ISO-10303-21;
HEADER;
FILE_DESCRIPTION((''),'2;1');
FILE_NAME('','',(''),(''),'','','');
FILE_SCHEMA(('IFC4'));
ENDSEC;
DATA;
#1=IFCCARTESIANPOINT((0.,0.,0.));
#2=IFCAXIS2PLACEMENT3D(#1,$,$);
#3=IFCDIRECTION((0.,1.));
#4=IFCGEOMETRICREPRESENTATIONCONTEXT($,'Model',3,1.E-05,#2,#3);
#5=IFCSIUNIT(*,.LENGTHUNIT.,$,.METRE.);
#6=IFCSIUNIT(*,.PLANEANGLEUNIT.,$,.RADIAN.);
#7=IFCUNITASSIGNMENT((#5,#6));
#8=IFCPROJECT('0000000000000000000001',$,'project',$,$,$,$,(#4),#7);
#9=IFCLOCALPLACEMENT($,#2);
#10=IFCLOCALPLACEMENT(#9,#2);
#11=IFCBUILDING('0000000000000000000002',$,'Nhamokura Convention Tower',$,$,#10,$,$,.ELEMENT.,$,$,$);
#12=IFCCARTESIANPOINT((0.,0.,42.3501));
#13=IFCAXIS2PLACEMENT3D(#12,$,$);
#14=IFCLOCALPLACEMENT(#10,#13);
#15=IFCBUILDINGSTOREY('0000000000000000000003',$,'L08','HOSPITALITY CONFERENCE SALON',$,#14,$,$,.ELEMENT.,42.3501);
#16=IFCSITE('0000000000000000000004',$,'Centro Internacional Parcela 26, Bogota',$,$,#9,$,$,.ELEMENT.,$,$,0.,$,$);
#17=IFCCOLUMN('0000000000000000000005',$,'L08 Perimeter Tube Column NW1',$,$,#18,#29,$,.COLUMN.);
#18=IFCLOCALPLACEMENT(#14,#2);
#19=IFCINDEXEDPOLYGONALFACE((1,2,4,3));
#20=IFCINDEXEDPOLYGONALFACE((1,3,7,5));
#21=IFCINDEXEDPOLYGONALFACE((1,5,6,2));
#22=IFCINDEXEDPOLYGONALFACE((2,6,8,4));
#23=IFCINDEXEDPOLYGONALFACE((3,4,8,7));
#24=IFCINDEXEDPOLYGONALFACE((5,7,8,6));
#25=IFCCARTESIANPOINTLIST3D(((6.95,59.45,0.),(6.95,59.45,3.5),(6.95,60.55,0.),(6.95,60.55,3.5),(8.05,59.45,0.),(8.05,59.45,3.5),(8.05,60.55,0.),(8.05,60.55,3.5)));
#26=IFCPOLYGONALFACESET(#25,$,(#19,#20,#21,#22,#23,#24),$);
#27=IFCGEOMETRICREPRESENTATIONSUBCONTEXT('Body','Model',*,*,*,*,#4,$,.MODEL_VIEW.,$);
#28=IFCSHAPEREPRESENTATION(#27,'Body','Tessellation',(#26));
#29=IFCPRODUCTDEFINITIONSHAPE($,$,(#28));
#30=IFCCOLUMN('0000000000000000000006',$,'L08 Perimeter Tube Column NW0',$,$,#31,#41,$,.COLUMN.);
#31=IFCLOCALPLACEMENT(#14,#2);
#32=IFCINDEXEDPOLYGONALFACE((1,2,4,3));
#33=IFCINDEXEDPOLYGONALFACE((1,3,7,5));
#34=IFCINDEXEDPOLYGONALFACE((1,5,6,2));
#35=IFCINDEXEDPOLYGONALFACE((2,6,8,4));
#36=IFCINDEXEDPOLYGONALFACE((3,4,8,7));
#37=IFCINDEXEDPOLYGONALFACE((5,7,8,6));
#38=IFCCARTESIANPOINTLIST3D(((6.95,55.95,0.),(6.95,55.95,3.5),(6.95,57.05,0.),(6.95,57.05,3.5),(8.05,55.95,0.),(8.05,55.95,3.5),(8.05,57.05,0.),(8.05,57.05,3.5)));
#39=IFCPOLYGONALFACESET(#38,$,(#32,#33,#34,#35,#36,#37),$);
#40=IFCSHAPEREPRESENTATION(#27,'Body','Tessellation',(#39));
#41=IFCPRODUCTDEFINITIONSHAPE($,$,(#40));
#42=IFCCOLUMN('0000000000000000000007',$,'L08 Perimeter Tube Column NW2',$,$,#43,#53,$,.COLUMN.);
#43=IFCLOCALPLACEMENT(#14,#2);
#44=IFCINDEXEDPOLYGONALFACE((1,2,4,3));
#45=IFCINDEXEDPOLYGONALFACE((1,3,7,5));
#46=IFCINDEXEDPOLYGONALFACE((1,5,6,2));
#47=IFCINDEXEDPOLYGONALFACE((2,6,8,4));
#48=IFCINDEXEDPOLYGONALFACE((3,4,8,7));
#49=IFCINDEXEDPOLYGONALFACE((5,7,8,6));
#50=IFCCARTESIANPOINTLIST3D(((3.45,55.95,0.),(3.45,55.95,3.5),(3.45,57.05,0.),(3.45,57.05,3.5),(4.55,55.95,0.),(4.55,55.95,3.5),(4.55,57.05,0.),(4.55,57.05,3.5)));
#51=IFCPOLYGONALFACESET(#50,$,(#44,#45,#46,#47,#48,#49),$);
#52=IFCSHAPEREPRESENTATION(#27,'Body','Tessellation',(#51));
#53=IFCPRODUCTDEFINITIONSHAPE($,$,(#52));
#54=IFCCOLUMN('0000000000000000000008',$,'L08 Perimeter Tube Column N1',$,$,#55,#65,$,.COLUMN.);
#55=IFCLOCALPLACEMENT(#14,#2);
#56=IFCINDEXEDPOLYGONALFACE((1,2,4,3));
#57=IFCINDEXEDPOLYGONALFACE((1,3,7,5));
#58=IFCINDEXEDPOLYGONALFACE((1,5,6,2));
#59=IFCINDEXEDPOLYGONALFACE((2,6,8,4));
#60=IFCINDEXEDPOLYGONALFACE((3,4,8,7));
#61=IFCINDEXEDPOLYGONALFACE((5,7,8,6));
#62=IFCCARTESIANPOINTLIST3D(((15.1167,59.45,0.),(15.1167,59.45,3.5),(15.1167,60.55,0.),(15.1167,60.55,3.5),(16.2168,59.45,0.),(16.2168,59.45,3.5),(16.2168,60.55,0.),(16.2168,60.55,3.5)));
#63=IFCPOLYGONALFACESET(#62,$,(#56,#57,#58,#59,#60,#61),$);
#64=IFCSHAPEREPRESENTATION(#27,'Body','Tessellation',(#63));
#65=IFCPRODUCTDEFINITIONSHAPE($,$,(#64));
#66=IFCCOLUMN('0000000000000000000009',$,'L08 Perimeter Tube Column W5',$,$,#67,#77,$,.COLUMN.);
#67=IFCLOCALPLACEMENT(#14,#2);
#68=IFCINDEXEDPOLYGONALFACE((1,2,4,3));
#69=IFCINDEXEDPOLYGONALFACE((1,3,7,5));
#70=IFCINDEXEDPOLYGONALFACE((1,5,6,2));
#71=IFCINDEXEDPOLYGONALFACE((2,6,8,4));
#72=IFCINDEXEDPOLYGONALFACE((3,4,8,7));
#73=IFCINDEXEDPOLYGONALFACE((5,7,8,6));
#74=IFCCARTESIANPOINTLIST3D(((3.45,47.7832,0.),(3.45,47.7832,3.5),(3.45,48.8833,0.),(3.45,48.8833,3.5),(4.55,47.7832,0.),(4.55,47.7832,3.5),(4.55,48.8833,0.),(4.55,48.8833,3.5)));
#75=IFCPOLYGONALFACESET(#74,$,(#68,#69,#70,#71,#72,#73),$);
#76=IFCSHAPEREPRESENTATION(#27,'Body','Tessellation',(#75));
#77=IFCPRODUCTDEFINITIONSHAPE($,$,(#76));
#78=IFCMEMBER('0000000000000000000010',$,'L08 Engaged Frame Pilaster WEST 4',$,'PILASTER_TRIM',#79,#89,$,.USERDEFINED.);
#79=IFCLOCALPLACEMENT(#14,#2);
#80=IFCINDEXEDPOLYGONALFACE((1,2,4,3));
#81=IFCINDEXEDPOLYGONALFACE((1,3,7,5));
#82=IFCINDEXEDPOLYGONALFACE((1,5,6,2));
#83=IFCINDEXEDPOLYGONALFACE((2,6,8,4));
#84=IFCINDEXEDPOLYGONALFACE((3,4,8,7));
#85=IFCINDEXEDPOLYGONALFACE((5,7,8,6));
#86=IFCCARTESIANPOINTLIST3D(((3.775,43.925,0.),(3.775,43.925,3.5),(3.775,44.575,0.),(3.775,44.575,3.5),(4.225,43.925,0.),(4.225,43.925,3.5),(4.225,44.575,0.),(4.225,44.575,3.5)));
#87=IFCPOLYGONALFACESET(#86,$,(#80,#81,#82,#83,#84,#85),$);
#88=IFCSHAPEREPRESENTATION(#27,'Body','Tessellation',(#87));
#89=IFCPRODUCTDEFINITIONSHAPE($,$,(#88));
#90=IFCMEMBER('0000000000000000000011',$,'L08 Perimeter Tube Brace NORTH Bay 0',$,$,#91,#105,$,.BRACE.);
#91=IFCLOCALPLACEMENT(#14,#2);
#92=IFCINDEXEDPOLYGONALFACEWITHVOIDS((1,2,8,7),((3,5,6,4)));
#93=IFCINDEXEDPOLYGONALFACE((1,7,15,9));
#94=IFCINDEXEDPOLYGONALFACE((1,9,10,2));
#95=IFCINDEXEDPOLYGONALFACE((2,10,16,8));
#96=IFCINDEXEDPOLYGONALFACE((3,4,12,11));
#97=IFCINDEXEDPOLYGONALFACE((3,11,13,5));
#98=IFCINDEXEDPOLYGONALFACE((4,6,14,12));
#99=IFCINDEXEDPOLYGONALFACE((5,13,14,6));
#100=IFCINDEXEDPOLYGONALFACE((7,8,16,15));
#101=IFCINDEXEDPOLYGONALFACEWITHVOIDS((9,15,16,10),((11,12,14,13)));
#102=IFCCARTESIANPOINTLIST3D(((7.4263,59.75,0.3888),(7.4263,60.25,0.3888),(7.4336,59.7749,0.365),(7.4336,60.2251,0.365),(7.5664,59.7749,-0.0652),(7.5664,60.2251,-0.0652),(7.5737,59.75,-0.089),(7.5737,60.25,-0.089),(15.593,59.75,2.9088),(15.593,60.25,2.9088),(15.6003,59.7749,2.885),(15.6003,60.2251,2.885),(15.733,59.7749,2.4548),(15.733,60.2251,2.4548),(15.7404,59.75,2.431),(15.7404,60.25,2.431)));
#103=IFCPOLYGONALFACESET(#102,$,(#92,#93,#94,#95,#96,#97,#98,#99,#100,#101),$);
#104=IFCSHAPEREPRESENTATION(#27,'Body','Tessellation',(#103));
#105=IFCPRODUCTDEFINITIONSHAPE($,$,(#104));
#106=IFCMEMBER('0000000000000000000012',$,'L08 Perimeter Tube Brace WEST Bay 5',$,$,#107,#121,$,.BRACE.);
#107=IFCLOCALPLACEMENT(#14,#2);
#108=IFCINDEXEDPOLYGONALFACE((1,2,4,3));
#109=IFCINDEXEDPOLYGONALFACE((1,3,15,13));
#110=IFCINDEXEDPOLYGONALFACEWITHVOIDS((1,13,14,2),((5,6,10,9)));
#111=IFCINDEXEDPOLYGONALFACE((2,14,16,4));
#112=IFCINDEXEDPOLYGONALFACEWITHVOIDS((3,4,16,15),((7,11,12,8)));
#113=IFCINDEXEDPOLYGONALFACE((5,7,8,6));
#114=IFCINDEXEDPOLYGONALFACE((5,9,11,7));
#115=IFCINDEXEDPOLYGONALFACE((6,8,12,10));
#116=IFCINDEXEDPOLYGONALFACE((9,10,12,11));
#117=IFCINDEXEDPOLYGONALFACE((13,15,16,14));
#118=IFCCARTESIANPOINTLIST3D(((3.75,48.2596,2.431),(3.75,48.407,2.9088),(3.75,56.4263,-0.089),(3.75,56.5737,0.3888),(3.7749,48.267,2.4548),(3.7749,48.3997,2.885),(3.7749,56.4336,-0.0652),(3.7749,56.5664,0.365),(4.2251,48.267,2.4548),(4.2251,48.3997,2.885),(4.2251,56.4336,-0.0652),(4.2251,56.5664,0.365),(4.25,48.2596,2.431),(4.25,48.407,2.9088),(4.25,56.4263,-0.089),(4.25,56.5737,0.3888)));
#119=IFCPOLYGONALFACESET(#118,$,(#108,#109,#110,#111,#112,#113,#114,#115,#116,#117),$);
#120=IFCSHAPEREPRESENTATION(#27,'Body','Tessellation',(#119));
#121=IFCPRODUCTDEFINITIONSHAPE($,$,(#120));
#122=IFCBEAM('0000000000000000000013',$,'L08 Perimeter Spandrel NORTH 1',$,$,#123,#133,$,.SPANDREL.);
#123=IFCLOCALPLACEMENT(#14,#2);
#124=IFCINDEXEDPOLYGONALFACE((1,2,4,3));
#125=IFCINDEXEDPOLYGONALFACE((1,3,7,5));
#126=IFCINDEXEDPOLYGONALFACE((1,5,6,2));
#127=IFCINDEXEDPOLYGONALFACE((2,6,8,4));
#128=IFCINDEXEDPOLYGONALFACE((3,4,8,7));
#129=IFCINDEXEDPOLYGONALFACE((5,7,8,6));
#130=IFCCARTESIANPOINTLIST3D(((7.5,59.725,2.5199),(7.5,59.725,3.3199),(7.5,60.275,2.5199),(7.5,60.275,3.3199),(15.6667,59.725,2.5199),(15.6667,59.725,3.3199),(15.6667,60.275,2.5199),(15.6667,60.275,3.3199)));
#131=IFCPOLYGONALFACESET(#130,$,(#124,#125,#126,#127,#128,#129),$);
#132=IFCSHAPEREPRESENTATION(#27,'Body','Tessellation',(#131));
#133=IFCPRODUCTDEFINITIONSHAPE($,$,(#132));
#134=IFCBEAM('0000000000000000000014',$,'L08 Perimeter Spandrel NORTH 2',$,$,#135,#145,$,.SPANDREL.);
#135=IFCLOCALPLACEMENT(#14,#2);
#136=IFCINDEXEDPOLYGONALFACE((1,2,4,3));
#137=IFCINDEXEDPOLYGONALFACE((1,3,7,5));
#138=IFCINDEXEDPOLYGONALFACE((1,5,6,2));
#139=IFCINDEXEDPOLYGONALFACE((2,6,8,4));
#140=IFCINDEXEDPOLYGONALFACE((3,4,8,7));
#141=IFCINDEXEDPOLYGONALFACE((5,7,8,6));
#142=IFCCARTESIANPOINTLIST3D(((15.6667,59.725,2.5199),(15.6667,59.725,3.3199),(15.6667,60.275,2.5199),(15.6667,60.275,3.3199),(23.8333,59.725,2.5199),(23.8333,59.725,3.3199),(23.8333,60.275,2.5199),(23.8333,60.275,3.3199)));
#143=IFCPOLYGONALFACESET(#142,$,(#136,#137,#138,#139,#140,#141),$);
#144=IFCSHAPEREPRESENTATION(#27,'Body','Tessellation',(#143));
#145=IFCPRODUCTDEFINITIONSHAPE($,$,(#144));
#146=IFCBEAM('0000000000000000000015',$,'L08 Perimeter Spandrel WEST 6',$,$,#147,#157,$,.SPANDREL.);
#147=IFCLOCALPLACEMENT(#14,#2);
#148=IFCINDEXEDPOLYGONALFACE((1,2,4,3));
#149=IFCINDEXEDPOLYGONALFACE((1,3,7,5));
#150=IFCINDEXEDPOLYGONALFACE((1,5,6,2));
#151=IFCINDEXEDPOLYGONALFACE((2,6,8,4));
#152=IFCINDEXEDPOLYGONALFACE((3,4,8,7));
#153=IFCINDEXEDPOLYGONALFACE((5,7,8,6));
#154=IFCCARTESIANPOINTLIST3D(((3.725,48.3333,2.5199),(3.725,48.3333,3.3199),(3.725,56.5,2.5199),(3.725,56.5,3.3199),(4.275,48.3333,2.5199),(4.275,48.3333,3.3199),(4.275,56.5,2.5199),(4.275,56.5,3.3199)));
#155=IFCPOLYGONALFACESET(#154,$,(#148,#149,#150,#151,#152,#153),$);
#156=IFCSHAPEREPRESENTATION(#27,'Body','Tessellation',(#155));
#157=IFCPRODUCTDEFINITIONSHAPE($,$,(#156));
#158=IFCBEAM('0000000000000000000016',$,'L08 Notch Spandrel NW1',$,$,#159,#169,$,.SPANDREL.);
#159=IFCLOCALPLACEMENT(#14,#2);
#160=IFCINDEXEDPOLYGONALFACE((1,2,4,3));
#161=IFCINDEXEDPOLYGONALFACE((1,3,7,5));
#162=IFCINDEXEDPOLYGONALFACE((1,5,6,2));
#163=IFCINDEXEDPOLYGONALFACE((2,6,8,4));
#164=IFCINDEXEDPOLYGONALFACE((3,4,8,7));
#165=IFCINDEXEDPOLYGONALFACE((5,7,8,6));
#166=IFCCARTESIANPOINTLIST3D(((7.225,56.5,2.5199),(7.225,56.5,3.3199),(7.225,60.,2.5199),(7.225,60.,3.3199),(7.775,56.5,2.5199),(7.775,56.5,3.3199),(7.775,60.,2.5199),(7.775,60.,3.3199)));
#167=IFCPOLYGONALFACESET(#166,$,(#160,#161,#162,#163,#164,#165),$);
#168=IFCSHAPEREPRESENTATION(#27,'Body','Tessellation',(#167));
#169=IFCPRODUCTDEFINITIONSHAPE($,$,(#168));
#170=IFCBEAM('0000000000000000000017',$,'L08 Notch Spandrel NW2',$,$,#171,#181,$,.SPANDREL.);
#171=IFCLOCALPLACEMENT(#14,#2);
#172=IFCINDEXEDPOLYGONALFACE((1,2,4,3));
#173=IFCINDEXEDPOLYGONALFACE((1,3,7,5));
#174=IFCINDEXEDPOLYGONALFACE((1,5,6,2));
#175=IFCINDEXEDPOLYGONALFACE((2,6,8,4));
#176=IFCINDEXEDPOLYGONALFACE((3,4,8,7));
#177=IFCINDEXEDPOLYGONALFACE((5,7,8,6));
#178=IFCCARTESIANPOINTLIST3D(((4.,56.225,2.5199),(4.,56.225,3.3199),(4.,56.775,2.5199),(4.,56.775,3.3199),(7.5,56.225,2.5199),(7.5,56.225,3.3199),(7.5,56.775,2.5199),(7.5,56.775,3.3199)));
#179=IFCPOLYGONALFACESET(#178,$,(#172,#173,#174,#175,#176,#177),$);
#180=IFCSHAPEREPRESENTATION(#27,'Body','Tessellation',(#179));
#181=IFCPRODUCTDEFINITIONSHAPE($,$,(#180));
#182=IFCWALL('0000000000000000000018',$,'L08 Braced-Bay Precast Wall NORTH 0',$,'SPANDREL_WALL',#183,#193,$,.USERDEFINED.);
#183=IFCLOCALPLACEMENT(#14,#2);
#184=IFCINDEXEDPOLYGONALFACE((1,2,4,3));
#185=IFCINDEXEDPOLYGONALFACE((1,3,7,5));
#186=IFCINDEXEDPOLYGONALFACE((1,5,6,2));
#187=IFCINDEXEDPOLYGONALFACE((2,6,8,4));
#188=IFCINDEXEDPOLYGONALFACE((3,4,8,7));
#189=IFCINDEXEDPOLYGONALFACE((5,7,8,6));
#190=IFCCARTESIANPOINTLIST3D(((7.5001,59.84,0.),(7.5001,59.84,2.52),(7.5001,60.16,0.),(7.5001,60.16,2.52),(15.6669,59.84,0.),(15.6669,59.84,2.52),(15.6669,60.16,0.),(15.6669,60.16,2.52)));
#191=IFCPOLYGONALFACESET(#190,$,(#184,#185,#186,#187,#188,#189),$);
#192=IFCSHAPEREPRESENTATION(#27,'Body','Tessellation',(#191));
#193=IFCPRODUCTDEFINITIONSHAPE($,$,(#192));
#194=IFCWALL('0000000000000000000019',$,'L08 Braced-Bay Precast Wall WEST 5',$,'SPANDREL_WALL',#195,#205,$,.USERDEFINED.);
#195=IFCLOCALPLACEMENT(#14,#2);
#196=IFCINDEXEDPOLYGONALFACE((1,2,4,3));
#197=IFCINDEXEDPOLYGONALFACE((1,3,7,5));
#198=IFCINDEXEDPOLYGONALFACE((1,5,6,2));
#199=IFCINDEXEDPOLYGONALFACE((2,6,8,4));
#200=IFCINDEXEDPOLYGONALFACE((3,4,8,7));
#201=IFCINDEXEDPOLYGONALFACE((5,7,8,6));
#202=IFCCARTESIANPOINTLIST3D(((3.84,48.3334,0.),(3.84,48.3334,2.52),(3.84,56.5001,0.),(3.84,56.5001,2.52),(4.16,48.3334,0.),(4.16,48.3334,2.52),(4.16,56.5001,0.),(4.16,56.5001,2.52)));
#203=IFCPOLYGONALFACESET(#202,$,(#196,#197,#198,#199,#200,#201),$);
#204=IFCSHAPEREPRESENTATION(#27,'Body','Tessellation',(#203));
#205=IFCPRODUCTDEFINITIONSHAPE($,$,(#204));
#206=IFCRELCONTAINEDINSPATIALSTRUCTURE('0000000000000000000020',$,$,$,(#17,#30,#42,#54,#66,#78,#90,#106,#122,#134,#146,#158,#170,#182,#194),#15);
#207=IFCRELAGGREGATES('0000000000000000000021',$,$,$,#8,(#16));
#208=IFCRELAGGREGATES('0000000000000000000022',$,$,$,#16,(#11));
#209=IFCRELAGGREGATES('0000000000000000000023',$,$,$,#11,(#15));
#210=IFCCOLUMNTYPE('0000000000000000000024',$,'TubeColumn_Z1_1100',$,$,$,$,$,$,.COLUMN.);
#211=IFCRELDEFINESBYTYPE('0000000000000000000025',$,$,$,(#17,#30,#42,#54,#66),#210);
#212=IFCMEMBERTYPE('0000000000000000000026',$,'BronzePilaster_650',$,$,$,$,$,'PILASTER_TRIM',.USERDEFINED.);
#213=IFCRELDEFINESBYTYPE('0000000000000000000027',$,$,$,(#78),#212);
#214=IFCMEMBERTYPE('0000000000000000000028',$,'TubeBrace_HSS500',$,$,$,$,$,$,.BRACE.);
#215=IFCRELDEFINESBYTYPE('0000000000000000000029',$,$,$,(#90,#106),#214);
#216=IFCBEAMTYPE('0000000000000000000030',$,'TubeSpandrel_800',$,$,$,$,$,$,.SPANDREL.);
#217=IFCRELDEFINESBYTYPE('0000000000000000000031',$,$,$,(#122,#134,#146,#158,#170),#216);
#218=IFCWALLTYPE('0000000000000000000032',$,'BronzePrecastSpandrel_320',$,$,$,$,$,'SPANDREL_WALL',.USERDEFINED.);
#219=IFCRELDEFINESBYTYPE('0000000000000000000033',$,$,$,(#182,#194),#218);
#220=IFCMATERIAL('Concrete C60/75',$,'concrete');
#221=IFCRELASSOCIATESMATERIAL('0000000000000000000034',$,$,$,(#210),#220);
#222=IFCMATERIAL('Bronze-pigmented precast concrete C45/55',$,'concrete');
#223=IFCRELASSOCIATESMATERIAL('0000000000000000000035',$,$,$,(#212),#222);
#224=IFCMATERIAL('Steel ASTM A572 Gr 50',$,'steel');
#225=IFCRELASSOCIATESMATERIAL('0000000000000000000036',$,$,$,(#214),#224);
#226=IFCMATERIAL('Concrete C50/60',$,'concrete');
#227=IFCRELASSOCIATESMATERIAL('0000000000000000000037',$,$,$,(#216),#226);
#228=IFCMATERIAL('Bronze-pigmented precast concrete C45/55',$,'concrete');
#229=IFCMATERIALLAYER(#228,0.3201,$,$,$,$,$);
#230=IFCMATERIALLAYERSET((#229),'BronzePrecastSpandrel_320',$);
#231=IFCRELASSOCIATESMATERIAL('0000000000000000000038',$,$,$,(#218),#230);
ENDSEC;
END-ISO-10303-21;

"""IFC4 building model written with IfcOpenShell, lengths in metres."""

from ifc_helpers import new_model, si_unit, direction, frame, frame_2d, origin, origin_2d, place, context, subcontext, project, spatial, rectangle, hollow_rectangle, extrude, material, layer, layer_set, material_profile, profile_set, type_object, element, save


model = new_model("IFC4")

# Units and contexts
model_context = context("Model", 3, precision=1e-05, world=origin(), true_north=direction((0.0, 1.0)))
body_context = subcontext(model_context, "Body", "Model", "MODEL_VIEW")
ifc_project = project(units=[si_unit("LENGTHUNIT", "METRE"), si_unit("PLANEANGLEUNIT", "RADIAN")], contexts=[model_context])

# Site, building, storey
site_placement = place(None, origin())
site = spatial("IfcSite", under=ifc_project, at=site_placement, Name="Centro Internacional Parcela 26, Bogota", CompositionType="ELEMENT", RefElevation=0.0)
building_placement = place(site_placement, origin())
building = spatial("IfcBuilding", under=site, at=building_placement, Name="Nhamokura Convention Tower", CompositionType="ELEMENT")
storey_placement = place(building_placement, frame((0.0, 0.0, 42.3501)))
storey = spatial("IfcBuildingStorey", under=building, at=storey_placement, Name="L08", Description="HOSPITALITY CONFERENCE SALON", CompositionType="ELEMENT", Elevation=42.3501)

# Columns
ifc_material_1 = material(Name="Concrete C60/75", Category="concrete")
ifc_material_profile_1 = material_profile(ifc_material_1, rectangle(XDim=1.1001, YDim=1.1001, at=origin_2d()))
ifc_profile_set_1 = profile_set([ifc_material_profile_1], Name="Concrete C60/75")
column_type = type_object("IfcColumnType", Name="TubeColumn_Z1_1100", PredefinedType="COLUMN", material=ifc_profile_set_1)
for number, where, z_axis, x_axis, name in (
    (1, (7.5, 60.0, 0.0), (0.0, 0.0, 1.0), (1.0, 0.0, 0.0), "L08 Perimeter Tube Column NW1"),
    (2, (7.5, 56.5, 0.0), (0.0, 0.0, 1.0), (1.0, 0.0, 0.0), "L08 Perimeter Tube Column NW0"),
    (3, (4.0, 56.5, 0.0), (0.0, 0.0, 1.0), (1.0, 0.0, 0.0), "L08 Perimeter Tube Column NW2"),
    (4, (15.6667, 60.0, 0.0), (0.0, 0.0, 1.0), (1.0, 0.0, 0.0), "L08 Perimeter Tube Column N1"),
    (5, (4.0, 48.3333, 0.0), (0.0, 0.0, 1.0), (1.0, 0.0, 0.0), "L08 Perimeter Tube Column W5"),
):
    element("IfcColumn", number, at=place(storey_placement, frame(where, z_axis=z_axis, x_axis=x_axis)), inside=storey, type_object=column_type, Name=name, PredefinedType="COLUMN", context=body_context, shape_type="SweptSolid", body=[
        extrude(rectangle(XDim=1.1001, YDim=1.1001, at=origin_2d()), origin(), (0.0, 0.0, 1.0), 3.5),
    ])

# Members
ifc_material_2 = material(Name="Bronze-pigmented precast concrete C45/55", Category="concrete")
ifc_material_profile_2 = material_profile(ifc_material_2, rectangle(XDim=0.45, YDim=0.6499, at=origin_2d()))
ifc_profile_set_2 = profile_set([ifc_material_profile_2], Name="Bronze-pigmented precast concrete C45/55")
member_type_1 = type_object("IfcMemberType", Name="BronzePilaster_650", ElementType="PILASTER_TRIM", PredefinedType="USERDEFINED", material=ifc_profile_set_2)
member_placement = place(storey_placement, frame((4.0, 44.25, 0.0), z_axis=(0.0, 0.0, 1.0), x_axis=(1.0, 0.0, 0.0)))
element("IfcMember", 6, at=member_placement, inside=storey, type_object=member_type_1, Name="L08 Engaged Frame Pilaster WEST 4", ObjectType="PILASTER_TRIM", PredefinedType="USERDEFINED", context=body_context, shape_type="SweptSolid", body=[
    extrude(rectangle(XDim=0.45, YDim=0.6499, at=origin_2d()), origin(), (0.0, 0.0, 1.0), 3.5),
])
ifc_material_3 = material(Name="Steel ASTM A572 Gr 50", Category="steel")
ifc_material_profile_3 = material_profile(ifc_material_3, hollow_rectangle(XDim=0.5, YDim=0.5, WallThickness=0.0249, at=origin_2d()))
ifc_profile_set_3 = profile_set([ifc_material_profile_3], Name="Steel ASTM A572 Gr 50")
member_type_2 = type_object("IfcMemberType", Name="TubeBrace_HSS500", PredefinedType="BRACE", material=ifc_profile_set_3)
for number, where, z_axis, x_axis, name in (
    (7, (7.5, 60.0, 0.1499), (0.955543, 0.0, 0.294853), (0.0, 1.0, 0.0), "L08 Perimeter Tube Brace NORTH Bay 0"),
    (8, (4.0, 56.5, 0.1499), (0.0, -0.955543, 0.294853), (1.0, 0.0, 0.0), "L08 Perimeter Tube Brace WEST Bay 5"),
):
    element("IfcMember", number, at=place(storey_placement, frame(where, z_axis=z_axis, x_axis=x_axis)), inside=storey, type_object=member_type_2, Name=name, PredefinedType="BRACE", context=body_context, shape_type="SweptSolid", body=[
        extrude(hollow_rectangle(XDim=0.5, YDim=0.5, WallThickness=0.0249, at=origin_2d()), origin(), (0.0, 0.0, 1.0), 8.5466),
    ])

# Beams
ifc_material_4 = material(Name="Concrete C50/60", Category="concrete")
ifc_material_profile_4 = material_profile(ifc_material_4, rectangle(XDim=0.55, YDim=0.8, at=origin_2d()))
ifc_profile_set_4 = profile_set([ifc_material_profile_4], Name="Concrete C50/60")
beam_type = type_object("IfcBeamType", Name="TubeSpandrel_800", PredefinedType="SPANDREL", material=ifc_profile_set_4)
beam_1_placement = place(storey_placement, frame((7.5, 60.0, 2.9199), z_axis=(1.0, 0.0, 0.0), x_axis=(0.0, 1.0, 0.0)))
element("IfcBeam", 9, at=beam_1_placement, inside=storey, type_object=beam_type, Name="L08 Perimeter Spandrel NORTH 1", PredefinedType="SPANDREL", context=body_context, shape_type="SweptSolid", body=[
    extrude(rectangle(XDim=0.55, YDim=0.8, at=origin_2d()), origin(), (0.0, 0.0, 1.0), 8.1667),
])
beam_2_placement = place(storey_placement, frame((15.6667, 60.0, 2.9199), z_axis=(1.0, 0.0, 0.0), x_axis=(0.0, 1.0, 0.0)))
element("IfcBeam", 10, at=beam_2_placement, inside=storey, type_object=beam_type, Name="L08 Perimeter Spandrel NORTH 2", PredefinedType="SPANDREL", context=body_context, shape_type="SweptSolid", body=[
    extrude(rectangle(XDim=0.55, YDim=0.8, at=origin_2d()), origin(), (0.0, 0.0, 1.0), 8.1665),
])
beam_3_placement = place(storey_placement, frame((4.0, 48.3333, 2.9199), z_axis=(0.0, 1.0, 0.0), x_axis=(-1.0, 0.0, 0.0)))
element("IfcBeam", 11, at=beam_3_placement, inside=storey, type_object=beam_type, Name="L08 Perimeter Spandrel WEST 6", PredefinedType="SPANDREL", context=body_context, shape_type="SweptSolid", body=[
    extrude(rectangle(XDim=0.55, YDim=0.8, at=origin_2d()), origin(), (0.0, 0.0, 1.0), 8.1667),
])
for number, where, z_axis, x_axis, name in (
    (12, (7.5, 60.0, 2.9199), (0.0, -1.0, 0.0), (1.0, 0.0, 0.0), "L08 Notch Spandrel NW1"),
    (13, (7.5, 56.5, 2.9199), (-1.0, 0.0, 0.0), (0.0, -1.0, 0.0), "L08 Notch Spandrel NW2"),
):
    element("IfcBeam", number, at=place(storey_placement, frame(where, z_axis=z_axis, x_axis=x_axis)), inside=storey, type_object=beam_type, Name=name, PredefinedType="SPANDREL", context=body_context, shape_type="SweptSolid", body=[
        extrude(rectangle(XDim=0.55, YDim=0.8, at=origin_2d()), origin(), (0.0, 0.0, 1.0), 3.5),
    ])

# Walls
ifc_material_5 = material(Name="Bronze-pigmented precast concrete C45/55", Category="concrete")
ifc_layer_1 = layer(ifc_material_5, 0.3201)
ifc_layer_set_1 = layer_set([ifc_layer_1], Name="BronzePrecastSpandrel_320")
wall_type_1 = type_object("IfcWallType", Name="BronzePrecastSpandrel_320", ElementType="SPANDREL_WALL", PredefinedType="USERDEFINED", material=ifc_layer_set_1)
for number, where, z_axis, x_axis, name in (
    (14, (7.5, 60.0, 0.0), (0.0, 0.0, 1.0), (1.0, 0.0, 0.0), "L08 Braced-Bay Precast Wall NORTH 0"),
    (15, (4.0, 48.3333, 0.0), (0.0, 0.0, 1.0), (0.0, 1.0, 0.0), "L08 Braced-Bay Precast Wall WEST 5"),
):
    element("IfcWall", number, at=place(storey_placement, frame(where, z_axis=z_axis, x_axis=x_axis)), inside=storey, type_object=wall_type_1, Name=name, ObjectType="SPANDREL_WALL", PredefinedType="USERDEFINED", context=body_context, shape_type="SweptSolid", body=[
        extrude(rectangle(XDim=8.1667, YDim=0.3201, at=frame_2d((4.0835, 0.0))), origin(), (0.0, 0.0, 1.0), 2.52),
    ])

save(model, "model.ifc")
